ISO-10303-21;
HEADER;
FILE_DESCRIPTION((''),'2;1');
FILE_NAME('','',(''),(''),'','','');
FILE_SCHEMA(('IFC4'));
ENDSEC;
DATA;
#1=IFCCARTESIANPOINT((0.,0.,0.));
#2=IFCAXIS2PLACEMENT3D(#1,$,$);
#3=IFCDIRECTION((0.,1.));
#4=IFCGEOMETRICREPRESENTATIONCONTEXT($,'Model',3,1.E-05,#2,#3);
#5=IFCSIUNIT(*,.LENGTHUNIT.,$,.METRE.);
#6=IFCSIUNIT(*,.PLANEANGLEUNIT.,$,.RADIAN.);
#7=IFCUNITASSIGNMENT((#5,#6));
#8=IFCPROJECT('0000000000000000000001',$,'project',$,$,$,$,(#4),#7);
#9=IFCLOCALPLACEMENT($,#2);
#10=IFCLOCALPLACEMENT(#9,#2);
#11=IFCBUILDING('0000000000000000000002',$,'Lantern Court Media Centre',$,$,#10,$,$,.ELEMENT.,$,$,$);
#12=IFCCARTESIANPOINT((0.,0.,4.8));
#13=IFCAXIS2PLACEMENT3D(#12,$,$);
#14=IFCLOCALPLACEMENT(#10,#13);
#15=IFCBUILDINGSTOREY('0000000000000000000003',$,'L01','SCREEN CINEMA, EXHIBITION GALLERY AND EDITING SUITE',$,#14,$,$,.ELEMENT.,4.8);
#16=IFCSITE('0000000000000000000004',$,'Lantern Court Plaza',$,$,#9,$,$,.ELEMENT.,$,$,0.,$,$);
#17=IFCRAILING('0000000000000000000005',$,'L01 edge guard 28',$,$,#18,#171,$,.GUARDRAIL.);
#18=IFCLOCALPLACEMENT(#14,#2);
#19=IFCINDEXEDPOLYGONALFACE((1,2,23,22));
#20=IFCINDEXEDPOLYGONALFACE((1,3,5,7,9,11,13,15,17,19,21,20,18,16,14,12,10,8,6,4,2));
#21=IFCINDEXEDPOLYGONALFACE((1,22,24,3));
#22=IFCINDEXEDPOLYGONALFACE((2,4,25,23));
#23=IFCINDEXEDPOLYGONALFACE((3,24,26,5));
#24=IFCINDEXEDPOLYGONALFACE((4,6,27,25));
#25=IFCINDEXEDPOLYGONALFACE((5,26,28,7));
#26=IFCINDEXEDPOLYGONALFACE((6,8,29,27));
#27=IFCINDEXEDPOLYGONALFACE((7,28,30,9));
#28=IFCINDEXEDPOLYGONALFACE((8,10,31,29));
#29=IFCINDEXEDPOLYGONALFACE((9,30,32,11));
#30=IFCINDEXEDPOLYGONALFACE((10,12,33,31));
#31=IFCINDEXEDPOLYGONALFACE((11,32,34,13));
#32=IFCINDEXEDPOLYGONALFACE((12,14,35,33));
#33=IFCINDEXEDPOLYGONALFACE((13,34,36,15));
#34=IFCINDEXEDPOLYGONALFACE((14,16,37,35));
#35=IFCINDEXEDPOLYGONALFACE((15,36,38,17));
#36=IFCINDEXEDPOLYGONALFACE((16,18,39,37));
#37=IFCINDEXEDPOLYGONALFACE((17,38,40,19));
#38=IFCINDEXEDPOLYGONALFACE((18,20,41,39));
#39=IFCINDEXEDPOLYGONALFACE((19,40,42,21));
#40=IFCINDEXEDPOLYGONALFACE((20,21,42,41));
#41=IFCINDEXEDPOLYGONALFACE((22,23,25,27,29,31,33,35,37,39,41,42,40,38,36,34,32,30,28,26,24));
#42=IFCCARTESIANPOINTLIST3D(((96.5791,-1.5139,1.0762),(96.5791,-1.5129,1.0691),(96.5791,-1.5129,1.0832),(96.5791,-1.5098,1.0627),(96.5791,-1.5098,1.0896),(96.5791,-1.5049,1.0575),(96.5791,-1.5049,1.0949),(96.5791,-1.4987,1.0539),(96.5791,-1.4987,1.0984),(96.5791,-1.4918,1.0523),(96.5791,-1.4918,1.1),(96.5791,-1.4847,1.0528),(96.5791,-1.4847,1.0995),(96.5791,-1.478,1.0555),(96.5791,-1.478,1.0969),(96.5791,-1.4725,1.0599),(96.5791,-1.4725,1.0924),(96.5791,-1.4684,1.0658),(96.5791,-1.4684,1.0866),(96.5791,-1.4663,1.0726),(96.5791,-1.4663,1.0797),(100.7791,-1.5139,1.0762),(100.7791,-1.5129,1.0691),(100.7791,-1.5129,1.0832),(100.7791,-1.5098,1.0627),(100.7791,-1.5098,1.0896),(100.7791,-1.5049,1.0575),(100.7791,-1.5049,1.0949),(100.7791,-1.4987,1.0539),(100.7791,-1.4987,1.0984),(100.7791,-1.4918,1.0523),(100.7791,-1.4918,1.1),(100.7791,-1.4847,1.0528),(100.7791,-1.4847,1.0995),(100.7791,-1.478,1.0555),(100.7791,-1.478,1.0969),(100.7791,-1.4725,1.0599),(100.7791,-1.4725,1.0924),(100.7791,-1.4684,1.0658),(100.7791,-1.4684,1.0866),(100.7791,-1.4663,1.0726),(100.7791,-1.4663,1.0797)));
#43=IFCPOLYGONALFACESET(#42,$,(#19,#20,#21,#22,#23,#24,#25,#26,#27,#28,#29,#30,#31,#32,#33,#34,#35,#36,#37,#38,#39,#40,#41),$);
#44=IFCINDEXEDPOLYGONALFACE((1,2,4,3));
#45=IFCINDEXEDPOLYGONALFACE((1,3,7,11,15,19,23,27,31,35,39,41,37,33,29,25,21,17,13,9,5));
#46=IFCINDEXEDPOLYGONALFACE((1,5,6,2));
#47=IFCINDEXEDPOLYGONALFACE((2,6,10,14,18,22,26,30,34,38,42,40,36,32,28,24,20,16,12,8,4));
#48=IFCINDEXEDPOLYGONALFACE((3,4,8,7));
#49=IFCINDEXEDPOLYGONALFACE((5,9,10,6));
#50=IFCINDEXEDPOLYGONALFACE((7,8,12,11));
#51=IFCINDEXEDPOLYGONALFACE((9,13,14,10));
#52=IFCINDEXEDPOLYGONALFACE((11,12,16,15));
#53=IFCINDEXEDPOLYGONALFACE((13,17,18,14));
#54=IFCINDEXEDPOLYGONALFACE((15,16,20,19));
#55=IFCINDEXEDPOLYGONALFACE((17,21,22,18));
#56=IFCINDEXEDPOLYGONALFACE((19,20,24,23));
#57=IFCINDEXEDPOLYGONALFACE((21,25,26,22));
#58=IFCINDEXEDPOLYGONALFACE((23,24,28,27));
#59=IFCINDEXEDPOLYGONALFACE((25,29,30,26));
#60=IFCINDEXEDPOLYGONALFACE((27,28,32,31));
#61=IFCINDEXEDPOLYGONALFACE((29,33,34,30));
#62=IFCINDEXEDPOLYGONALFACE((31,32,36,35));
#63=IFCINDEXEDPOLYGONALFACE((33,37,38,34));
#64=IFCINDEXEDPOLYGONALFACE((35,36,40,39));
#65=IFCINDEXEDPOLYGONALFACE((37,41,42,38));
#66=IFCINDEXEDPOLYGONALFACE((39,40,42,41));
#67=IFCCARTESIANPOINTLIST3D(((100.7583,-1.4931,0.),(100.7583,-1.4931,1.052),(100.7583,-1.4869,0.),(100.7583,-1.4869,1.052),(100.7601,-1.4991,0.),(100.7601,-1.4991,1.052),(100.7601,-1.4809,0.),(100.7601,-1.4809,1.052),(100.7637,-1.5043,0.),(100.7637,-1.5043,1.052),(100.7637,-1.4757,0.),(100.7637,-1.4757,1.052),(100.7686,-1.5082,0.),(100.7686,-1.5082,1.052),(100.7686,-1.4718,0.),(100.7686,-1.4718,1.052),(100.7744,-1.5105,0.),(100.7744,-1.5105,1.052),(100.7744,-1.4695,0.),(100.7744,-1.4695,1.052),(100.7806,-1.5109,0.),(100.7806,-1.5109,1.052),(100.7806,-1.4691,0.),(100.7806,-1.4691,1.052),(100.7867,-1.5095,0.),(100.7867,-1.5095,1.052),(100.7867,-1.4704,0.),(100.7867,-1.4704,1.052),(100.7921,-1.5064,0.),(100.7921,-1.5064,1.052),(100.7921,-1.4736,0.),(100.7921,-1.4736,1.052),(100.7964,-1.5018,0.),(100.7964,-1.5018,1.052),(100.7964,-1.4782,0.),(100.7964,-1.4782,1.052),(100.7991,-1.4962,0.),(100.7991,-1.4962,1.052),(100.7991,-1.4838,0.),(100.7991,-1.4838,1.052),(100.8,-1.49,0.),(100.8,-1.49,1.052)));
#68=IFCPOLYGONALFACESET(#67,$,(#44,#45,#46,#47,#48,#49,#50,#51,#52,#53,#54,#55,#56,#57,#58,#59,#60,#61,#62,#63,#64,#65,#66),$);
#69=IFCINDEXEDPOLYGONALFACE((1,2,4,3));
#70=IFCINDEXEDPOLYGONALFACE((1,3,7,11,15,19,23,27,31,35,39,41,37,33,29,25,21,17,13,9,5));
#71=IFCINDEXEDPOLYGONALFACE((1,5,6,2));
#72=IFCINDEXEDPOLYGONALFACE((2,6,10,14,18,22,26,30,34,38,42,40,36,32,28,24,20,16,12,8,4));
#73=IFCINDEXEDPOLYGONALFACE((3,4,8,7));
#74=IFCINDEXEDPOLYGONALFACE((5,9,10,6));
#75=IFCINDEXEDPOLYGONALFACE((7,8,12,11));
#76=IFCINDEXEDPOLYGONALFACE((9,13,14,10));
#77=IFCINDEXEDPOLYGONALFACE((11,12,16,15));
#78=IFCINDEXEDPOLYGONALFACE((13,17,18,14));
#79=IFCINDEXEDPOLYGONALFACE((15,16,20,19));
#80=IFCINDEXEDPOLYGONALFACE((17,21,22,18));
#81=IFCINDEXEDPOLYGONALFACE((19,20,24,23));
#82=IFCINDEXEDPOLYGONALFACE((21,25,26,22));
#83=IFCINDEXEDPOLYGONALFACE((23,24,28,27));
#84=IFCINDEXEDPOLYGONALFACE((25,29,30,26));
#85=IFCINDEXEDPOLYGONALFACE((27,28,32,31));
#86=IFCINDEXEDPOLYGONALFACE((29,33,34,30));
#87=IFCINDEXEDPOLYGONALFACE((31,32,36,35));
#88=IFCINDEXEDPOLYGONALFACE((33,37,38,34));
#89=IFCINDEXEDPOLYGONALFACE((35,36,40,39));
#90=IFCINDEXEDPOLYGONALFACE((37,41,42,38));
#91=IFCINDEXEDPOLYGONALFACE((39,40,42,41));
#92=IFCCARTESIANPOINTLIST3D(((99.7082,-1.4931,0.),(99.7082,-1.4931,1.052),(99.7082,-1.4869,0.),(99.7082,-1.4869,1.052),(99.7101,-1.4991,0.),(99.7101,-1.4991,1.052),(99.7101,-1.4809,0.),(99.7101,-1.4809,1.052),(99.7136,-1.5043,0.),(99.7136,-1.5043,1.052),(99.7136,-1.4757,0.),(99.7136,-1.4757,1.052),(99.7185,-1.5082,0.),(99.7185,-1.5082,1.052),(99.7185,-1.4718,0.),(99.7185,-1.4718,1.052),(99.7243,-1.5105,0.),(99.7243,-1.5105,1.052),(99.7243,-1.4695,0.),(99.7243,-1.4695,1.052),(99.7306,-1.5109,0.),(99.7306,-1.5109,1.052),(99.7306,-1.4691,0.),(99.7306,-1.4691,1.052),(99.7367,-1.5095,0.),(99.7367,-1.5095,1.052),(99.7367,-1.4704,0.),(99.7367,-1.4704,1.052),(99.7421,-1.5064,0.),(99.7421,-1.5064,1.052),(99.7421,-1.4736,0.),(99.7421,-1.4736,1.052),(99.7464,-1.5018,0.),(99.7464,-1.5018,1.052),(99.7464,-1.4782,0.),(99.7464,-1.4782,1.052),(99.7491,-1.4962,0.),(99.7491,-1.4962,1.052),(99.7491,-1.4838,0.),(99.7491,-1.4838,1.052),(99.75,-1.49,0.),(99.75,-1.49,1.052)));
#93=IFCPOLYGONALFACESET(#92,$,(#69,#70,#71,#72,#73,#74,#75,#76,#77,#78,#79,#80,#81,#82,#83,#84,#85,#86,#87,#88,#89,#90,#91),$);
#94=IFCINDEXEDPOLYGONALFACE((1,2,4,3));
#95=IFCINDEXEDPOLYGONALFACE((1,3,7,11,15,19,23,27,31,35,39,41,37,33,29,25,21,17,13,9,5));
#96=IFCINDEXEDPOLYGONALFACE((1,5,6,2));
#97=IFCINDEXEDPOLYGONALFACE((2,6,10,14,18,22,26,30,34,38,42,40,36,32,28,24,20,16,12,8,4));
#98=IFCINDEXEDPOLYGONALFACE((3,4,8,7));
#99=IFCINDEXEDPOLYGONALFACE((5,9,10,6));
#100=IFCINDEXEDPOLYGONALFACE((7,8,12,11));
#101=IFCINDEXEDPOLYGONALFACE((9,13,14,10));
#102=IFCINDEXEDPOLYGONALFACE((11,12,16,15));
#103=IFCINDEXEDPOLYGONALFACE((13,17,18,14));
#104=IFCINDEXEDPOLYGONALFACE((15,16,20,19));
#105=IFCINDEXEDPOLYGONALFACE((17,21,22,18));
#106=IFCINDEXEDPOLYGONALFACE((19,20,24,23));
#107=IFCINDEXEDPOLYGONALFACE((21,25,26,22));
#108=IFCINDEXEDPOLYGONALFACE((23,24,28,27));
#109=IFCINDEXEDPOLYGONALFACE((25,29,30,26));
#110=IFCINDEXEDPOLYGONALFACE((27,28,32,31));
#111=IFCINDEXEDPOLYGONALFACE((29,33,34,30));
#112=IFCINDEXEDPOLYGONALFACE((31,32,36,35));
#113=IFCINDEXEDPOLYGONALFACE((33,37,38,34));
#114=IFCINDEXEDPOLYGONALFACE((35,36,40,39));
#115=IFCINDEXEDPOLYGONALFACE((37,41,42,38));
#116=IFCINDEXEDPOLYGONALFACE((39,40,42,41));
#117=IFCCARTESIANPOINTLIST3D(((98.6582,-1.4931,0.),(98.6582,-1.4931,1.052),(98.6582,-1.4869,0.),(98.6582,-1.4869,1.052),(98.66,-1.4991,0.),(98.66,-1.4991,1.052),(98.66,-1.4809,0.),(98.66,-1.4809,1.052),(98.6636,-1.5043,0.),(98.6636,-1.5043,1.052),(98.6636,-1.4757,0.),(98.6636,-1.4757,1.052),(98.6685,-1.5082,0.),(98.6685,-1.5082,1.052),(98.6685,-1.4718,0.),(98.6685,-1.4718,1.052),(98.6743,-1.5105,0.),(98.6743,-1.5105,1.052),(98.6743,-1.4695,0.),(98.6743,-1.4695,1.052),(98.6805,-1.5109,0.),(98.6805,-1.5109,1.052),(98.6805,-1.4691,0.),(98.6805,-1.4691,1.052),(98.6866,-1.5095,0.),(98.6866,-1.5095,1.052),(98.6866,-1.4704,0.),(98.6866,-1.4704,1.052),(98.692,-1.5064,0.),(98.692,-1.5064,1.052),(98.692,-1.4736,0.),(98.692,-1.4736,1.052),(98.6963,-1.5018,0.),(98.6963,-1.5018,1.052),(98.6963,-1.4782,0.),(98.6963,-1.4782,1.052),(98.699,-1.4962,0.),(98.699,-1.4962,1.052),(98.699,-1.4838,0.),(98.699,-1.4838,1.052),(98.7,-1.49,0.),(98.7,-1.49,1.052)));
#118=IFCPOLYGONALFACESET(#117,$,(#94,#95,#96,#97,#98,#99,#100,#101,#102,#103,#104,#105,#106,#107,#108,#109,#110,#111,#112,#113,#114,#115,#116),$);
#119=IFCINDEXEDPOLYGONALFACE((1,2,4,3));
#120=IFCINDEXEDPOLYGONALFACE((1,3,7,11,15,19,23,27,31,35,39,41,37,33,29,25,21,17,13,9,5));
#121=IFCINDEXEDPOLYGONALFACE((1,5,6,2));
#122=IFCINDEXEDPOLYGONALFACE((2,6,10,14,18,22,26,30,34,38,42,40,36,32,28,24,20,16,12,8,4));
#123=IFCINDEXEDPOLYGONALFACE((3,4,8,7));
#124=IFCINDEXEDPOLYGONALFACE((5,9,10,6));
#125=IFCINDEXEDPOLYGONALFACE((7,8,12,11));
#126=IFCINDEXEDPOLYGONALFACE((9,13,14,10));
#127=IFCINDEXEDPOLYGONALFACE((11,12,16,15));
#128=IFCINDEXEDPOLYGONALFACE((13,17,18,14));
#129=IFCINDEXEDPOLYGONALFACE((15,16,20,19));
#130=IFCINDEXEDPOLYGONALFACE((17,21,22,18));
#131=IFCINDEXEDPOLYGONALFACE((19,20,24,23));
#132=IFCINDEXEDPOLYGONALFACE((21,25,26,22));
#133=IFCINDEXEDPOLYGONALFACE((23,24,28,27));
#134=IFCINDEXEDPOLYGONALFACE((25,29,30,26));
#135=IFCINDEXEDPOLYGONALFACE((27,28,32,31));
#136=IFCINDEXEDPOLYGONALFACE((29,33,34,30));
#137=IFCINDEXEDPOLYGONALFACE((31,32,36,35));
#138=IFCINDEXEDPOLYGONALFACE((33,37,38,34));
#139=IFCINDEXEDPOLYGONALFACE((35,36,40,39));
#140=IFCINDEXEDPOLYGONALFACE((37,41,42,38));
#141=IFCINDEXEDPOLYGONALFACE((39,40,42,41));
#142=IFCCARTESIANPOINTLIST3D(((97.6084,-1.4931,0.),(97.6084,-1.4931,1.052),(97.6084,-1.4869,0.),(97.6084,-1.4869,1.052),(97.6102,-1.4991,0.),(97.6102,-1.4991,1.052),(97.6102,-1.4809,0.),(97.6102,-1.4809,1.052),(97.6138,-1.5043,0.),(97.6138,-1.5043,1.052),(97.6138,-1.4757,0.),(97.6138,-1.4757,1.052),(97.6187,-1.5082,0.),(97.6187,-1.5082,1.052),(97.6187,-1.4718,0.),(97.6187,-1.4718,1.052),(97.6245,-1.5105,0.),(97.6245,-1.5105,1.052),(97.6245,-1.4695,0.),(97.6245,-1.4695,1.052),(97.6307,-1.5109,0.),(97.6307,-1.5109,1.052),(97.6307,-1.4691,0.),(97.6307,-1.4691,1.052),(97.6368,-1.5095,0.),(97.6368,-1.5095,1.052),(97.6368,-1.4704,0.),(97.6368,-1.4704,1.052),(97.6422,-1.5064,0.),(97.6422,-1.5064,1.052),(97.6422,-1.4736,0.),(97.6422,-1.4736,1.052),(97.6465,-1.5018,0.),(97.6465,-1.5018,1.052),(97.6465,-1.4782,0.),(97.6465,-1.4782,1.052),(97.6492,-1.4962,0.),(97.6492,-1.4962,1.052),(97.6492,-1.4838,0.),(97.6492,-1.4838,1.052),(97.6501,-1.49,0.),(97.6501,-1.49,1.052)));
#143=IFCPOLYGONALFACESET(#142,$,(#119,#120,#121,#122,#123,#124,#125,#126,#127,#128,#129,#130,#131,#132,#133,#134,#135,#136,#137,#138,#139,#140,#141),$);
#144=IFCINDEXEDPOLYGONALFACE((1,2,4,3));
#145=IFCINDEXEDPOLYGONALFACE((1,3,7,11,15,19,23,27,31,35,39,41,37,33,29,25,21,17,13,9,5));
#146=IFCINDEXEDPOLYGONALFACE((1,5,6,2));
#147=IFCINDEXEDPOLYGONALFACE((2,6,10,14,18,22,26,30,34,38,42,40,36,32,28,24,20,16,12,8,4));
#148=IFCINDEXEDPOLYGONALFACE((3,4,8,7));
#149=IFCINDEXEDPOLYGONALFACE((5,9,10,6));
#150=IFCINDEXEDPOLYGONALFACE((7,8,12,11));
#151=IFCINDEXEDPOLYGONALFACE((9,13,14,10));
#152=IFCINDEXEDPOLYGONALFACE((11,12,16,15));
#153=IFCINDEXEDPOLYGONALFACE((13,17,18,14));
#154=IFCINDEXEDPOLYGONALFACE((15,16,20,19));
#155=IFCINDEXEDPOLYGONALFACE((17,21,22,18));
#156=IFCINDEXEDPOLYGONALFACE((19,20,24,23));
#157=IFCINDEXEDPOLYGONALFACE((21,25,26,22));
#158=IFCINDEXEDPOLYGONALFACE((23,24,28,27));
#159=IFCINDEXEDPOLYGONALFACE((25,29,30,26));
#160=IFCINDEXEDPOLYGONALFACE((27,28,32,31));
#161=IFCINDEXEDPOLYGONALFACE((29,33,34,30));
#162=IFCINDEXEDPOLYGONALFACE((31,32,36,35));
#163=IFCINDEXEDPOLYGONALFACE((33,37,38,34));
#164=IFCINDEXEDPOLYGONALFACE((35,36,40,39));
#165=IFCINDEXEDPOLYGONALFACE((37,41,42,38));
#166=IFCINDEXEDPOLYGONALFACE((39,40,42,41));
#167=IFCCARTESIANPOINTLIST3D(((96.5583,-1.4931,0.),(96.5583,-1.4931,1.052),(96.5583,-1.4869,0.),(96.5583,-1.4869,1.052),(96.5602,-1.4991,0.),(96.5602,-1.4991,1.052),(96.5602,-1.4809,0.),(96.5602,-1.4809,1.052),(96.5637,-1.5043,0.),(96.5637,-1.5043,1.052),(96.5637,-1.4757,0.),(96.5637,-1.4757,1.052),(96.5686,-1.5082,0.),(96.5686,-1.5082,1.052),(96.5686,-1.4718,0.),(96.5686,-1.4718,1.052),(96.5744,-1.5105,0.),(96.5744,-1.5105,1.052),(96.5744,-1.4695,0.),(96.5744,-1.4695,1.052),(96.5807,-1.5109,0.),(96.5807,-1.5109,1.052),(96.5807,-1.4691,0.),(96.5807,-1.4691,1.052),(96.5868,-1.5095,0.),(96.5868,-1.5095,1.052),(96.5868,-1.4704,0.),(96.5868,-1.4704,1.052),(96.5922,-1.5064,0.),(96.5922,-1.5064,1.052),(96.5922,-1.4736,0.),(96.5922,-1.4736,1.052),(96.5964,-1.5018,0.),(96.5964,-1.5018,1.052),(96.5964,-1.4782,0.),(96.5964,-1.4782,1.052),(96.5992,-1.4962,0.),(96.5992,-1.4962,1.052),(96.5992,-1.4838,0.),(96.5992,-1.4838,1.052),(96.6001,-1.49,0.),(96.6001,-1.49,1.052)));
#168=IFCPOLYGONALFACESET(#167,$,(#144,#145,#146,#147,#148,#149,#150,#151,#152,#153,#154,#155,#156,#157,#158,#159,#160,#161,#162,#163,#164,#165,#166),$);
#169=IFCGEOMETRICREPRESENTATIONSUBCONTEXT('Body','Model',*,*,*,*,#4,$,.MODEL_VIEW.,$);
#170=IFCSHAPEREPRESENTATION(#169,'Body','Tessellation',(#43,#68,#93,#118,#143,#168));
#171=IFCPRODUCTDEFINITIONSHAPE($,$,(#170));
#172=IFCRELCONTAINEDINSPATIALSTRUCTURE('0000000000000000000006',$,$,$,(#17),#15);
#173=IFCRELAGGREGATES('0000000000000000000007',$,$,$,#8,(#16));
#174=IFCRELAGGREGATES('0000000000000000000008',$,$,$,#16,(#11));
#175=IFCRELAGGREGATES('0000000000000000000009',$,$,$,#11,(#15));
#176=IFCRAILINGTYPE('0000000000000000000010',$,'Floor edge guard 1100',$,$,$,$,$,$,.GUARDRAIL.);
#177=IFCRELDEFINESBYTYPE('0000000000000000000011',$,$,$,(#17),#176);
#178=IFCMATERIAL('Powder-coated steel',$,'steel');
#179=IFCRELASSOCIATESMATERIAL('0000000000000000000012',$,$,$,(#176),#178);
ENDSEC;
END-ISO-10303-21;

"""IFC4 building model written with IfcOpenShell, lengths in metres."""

from ifc_helpers import new_model, si_unit, direction, frame, origin, origin_2d, place, context, subcontext, project, spatial, circle, extrude, material, type_object, element, save


model = new_model("IFC4")

# Units and contexts
model_context = context("Model", 3, precision=1e-05, world=origin(), true_north=direction((0.0, 1.0)))
body_context = subcontext(model_context, "Body", "Model", "MODEL_VIEW")
ifc_project = project(units=[si_unit("LENGTHUNIT", "METRE"), si_unit("PLANEANGLEUNIT", "RADIAN")], contexts=[model_context])

# Site, building, storey
site_placement = place(None, origin())
site = spatial("IfcSite", under=ifc_project, at=site_placement, Name="Lantern Court Plaza", CompositionType="ELEMENT", RefElevation=0.0)
building_placement = place(site_placement, origin())
building = spatial("IfcBuilding", under=site, at=building_placement, Name="Lantern Court Media Centre", CompositionType="ELEMENT")
storey_placement = place(building_placement, frame((0.0, 0.0, 4.8)))
storey = spatial("IfcBuildingStorey", under=building, at=storey_placement, Name="L01", Description="SCREEN CINEMA, EXHIBITION GALLERY AND EDITING SUITE", CompositionType="ELEMENT", Elevation=4.8)

# Railing
ifc_material_1 = material(Name="Powder-coated steel", Category="steel")
railing_type = type_object("IfcRailingType", Name="Floor edge guard 1100", PredefinedType="GUARDRAIL", material=ifc_material_1)
railing_placement = place(storey_placement, frame((100.7791, -1.49, 0.0)))
element("IfcRailing", 1, at=railing_placement, inside=storey, type_object=railing_type, Name="L01 edge guard 28", PredefinedType="GUARDRAIL", context=body_context, shape_type="SweptSolid", body=[
    extrude(circle(Radius=0.0239, at=origin_2d()), frame((0.0, 0.0, 1.0762), z_axis=(-1.0, 0.0, 0.0), x_axis=(0.0, -1.0, 0.0)), (0.0, 0.0, 1.0), 4.2),
    extrude(circle(Radius=0.021, at=origin_2d()), origin(), (0.0, 0.0, 1.0), 1.052),
    extrude(circle(Radius=0.021, at=origin_2d()), frame((-1.05, 0.0, 0.0)), (0.0, 0.0, 1.0), 1.052),
    extrude(circle(Radius=0.021, at=origin_2d()), frame((-2.1001, 0.0, 0.0)), (0.0, 0.0, 1.0), 1.052),
    extrude(circle(Radius=0.021, at=origin_2d()), frame((-3.1499, 0.0, 0.0)), (0.0, 0.0, 1.0), 1.052),
    extrude(circle(Radius=0.021, at=origin_2d()), frame((-4.2, 0.0, 0.0)), (0.0, 0.0, 1.0), 1.052),
])

save(model, "model.ifc")
